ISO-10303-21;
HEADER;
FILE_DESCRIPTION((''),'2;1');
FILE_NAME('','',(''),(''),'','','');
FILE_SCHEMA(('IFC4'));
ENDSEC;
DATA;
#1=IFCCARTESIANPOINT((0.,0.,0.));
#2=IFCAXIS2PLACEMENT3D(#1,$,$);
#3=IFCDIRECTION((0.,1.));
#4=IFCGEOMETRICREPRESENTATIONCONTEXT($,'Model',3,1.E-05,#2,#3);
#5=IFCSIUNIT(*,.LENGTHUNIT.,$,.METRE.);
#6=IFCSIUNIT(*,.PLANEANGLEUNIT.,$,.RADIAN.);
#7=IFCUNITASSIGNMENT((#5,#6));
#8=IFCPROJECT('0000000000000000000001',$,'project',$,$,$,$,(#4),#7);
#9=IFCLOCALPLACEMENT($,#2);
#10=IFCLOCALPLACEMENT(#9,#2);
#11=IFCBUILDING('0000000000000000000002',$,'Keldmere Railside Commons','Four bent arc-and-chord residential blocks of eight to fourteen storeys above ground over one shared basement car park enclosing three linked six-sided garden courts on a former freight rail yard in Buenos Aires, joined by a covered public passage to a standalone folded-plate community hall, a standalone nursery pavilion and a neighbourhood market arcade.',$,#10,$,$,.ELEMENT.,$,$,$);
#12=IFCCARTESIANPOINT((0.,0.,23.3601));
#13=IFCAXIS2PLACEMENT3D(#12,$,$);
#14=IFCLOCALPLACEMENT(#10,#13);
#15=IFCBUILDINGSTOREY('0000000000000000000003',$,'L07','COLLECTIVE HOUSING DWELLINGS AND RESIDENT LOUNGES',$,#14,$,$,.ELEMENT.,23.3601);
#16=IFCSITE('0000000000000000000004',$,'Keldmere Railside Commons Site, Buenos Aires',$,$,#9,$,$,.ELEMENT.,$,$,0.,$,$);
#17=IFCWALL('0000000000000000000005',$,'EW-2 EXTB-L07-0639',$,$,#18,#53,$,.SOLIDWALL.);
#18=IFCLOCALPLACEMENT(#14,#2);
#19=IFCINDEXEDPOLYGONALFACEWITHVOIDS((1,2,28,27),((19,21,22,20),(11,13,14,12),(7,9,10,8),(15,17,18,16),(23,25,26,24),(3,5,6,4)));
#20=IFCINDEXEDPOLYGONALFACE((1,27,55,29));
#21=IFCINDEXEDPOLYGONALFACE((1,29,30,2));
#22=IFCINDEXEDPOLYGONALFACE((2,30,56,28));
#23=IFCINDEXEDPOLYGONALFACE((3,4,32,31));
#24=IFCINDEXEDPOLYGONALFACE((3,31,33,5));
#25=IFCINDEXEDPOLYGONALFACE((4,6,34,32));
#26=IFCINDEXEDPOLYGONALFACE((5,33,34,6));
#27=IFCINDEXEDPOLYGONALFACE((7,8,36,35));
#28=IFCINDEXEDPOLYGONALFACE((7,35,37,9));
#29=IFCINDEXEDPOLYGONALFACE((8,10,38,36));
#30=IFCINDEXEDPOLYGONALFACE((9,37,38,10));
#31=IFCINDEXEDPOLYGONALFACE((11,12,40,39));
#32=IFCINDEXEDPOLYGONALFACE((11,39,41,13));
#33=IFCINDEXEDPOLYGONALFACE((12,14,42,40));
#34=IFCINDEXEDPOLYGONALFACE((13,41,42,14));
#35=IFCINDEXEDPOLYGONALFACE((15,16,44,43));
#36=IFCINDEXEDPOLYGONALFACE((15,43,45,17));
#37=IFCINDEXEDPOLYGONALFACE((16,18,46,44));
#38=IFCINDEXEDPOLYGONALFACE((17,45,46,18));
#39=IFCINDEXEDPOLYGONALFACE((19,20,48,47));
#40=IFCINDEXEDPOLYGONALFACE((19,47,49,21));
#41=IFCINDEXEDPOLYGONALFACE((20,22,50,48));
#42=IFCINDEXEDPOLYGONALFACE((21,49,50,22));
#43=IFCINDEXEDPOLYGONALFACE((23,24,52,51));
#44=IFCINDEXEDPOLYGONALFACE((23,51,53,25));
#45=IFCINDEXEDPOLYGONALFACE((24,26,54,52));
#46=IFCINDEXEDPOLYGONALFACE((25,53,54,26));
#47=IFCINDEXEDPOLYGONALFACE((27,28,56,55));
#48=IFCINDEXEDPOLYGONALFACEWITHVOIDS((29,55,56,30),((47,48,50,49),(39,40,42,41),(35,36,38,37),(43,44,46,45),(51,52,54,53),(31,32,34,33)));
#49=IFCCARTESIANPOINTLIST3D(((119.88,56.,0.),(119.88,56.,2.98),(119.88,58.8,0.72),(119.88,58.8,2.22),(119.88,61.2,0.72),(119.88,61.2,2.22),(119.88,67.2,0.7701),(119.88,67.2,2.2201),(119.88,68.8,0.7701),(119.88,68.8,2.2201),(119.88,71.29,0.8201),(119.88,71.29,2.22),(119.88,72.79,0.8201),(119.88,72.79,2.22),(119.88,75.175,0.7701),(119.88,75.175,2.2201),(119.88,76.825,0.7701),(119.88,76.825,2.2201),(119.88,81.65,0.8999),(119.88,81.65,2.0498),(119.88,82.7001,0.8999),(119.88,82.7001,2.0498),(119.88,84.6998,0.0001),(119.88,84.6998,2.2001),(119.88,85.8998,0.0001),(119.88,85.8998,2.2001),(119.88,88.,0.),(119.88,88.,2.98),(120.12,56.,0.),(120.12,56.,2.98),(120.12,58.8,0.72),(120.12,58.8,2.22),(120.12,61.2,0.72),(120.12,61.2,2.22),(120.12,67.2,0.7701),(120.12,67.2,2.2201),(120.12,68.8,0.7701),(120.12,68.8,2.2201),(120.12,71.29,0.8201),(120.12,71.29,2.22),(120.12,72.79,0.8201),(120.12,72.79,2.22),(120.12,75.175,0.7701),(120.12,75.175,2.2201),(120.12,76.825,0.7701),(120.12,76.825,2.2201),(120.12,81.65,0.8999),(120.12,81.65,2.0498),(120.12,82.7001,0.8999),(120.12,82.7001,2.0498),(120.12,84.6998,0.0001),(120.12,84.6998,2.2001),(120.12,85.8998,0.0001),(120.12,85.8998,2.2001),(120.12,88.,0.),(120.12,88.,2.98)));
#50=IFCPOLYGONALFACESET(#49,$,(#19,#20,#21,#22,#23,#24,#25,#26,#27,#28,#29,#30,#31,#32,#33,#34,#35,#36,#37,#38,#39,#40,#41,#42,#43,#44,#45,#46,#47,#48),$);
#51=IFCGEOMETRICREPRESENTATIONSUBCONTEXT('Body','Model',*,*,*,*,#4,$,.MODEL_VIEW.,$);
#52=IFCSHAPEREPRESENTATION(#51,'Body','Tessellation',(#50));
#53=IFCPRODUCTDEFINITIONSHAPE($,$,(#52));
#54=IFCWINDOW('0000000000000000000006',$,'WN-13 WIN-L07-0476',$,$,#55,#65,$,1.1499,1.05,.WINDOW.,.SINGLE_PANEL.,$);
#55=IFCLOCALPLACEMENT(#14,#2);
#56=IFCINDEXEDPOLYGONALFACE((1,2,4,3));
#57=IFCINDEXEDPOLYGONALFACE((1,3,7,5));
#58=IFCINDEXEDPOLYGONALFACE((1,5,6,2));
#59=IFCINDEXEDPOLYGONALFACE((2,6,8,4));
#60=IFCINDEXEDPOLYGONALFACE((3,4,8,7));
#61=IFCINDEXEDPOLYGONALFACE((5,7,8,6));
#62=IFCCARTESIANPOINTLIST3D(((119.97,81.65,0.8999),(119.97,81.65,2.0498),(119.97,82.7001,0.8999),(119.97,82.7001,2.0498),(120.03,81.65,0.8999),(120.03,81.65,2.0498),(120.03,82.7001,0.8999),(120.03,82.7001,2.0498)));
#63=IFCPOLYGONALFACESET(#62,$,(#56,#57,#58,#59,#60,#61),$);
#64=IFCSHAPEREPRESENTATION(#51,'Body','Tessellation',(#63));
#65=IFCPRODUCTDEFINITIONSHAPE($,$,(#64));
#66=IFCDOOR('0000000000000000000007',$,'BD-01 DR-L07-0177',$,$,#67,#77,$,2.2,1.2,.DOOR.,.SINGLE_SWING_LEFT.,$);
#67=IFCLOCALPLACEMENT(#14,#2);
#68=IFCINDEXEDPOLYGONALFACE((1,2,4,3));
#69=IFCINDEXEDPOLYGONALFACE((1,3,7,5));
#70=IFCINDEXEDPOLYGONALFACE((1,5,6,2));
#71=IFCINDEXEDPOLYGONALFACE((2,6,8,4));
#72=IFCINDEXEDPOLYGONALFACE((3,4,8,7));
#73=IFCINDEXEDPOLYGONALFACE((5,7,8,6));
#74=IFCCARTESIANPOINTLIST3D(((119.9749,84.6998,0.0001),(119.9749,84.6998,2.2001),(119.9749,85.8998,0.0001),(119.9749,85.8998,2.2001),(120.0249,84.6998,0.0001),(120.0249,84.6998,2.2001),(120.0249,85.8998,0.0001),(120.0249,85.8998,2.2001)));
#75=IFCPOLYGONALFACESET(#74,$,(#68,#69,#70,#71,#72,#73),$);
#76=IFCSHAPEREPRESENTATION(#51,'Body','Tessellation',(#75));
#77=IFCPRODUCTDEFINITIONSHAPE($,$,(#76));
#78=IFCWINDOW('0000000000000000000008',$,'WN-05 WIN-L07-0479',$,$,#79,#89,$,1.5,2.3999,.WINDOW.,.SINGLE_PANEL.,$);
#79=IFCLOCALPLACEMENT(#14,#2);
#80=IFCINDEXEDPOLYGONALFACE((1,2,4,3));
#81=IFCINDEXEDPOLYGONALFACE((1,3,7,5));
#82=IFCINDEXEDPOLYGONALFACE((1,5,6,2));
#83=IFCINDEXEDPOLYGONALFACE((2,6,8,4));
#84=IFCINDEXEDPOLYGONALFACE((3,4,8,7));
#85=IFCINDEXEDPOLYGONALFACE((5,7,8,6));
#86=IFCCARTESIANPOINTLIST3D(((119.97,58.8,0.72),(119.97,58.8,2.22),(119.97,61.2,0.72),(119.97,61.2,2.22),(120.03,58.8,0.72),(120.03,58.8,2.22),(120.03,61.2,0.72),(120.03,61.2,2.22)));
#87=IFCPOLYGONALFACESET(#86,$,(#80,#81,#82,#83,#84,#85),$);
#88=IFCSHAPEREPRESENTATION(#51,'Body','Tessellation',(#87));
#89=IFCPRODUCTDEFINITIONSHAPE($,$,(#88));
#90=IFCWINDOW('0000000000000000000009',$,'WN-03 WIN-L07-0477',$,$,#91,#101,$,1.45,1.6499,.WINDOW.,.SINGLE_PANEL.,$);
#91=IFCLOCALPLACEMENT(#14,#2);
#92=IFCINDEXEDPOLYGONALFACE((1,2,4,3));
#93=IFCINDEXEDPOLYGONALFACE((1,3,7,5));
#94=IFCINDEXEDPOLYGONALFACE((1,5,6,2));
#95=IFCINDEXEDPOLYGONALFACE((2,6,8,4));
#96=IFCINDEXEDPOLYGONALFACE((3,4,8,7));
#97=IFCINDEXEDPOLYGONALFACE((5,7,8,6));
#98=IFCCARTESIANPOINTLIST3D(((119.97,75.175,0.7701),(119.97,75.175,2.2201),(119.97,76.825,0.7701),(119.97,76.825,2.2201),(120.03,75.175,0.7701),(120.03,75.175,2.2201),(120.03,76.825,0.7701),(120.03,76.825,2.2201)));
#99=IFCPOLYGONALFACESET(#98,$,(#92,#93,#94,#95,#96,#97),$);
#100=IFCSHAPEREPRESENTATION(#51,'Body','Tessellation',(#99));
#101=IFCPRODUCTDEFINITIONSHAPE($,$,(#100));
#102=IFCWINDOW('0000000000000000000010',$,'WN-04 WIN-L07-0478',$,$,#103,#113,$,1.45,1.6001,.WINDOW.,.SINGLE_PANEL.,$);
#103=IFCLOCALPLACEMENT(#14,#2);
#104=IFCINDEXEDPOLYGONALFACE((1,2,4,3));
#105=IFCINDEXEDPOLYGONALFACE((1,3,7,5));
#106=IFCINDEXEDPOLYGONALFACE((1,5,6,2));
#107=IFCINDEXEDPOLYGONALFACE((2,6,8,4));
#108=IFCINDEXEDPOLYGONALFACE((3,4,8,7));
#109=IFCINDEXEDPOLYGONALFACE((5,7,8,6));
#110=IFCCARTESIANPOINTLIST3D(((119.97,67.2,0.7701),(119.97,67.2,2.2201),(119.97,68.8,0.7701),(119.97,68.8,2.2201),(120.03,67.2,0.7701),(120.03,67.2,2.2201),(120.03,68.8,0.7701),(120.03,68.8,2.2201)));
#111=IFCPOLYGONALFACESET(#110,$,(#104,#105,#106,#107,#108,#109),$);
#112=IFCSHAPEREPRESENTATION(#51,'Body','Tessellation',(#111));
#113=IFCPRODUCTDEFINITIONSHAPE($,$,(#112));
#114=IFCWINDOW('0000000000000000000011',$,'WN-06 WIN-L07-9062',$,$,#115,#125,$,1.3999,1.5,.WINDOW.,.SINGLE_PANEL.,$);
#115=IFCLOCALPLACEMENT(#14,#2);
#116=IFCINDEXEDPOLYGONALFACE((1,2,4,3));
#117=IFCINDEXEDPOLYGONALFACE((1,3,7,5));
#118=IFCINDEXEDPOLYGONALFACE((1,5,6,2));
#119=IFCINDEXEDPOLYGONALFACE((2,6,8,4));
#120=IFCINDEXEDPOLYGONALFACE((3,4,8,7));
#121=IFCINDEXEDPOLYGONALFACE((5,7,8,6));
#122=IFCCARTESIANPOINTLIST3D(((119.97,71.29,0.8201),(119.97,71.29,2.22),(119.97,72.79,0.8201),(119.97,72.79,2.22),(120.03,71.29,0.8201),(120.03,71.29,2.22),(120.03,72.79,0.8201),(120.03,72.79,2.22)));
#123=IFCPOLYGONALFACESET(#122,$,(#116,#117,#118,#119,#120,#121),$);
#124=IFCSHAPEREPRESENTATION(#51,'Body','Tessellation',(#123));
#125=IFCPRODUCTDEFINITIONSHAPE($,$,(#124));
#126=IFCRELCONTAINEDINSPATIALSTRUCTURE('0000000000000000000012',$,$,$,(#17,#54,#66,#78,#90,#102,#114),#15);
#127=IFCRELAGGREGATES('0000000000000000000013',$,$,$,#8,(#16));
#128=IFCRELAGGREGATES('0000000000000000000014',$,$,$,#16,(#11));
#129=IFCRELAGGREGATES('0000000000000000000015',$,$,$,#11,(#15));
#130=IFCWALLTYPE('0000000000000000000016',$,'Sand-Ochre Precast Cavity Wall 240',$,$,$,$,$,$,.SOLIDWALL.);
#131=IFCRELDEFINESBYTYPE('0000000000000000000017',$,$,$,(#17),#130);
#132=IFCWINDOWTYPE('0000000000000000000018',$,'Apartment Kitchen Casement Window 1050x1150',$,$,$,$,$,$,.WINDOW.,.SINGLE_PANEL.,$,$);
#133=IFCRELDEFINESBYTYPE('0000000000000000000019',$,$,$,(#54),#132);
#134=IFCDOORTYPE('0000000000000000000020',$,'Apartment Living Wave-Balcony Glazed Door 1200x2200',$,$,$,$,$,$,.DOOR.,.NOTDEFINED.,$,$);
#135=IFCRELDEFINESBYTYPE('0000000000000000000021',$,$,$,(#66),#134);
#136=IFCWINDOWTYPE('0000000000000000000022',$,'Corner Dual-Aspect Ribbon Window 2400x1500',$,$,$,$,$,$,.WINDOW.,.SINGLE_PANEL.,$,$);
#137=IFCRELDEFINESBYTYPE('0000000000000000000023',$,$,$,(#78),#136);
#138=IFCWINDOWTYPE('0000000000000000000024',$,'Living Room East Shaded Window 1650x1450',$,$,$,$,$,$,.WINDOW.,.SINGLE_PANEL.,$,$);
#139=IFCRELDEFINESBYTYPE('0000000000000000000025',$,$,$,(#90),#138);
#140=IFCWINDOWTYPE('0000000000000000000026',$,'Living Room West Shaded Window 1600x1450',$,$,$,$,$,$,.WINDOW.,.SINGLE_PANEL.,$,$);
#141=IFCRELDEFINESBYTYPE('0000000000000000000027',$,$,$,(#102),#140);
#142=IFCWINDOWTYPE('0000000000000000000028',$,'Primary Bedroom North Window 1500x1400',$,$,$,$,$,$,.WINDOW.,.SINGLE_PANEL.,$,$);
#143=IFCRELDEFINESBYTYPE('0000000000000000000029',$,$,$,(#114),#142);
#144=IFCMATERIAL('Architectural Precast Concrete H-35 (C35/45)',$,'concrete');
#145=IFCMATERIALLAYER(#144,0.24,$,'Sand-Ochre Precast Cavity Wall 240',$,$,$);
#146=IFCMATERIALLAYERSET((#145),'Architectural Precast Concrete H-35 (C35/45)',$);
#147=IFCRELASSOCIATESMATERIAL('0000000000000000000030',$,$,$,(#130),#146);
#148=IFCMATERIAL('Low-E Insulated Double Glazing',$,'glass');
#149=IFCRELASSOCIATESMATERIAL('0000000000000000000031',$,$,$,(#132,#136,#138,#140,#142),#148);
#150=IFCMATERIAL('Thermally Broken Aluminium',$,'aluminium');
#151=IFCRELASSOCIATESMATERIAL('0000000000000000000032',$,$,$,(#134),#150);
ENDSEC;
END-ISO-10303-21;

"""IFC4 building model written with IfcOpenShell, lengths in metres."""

from ifc_helpers import new_model, si_unit, direction, frame, frame_2d, origin, place, context, subcontext, project, spatial, rectangle, extrude, material, layer, layer_set, type_object, element, fill, save


model = new_model("IFC4")

# Units and contexts
model_context = context("Model", 3, precision=1e-05, world=origin(), true_north=direction((0.0, 1.0)))
body_context = subcontext(model_context, "Body", "Model", "MODEL_VIEW")
ifc_project = project(units=[si_unit("LENGTHUNIT", "METRE"), si_unit("PLANEANGLEUNIT", "RADIAN")], contexts=[model_context])

# Site, building, storey
site_placement = place(None, origin())
site = spatial("IfcSite", under=ifc_project, at=site_placement, Name="Keldmere Railside Commons Site, Buenos Aires", CompositionType="ELEMENT", RefElevation=0.0)
building_placement = place(site_placement, origin())
building = spatial("IfcBuilding", under=site, at=building_placement, Name="Keldmere Railside Commons", Description="Four bent arc-and-chord residential blocks of eight to fourteen storeys above ground over one shared basement car park enclosing three linked six-sided garden courts on a former freight rail yard in Buenos Aires, joined by a covered public passage to a standalone folded-plate community hall, a standalone nursery pavilion and a neighbourhood market arcade.", CompositionType="ELEMENT")
storey_placement = place(building_placement, frame((0.0, 0.0, 23.3601)))
storey = spatial("IfcBuildingStorey", under=building, at=storey_placement, Name="L07", Description="COLLECTIVE HOUSING DWELLINGS AND RESIDENT LOUNGES", CompositionType="ELEMENT", Elevation=23.3601)

# Shared definitions
ifc_material_1 = material(Name="Thermally Broken Aluminium", Category="aluminium")

# Wall, openings, windows, door
ifc_material_2 = material(Name="Architectural Precast Concrete H-35 (C35/45)", Category="concrete")
ifc_layer_1 = layer(ifc_material_2, 0.24, Name="Sand-Ochre Precast Cavity Wall 240")
ifc_layer_set_1 = layer_set([ifc_layer_1], Name="Architectural Precast Concrete H-35 (C35/45)")
wall_type_1 = type_object("IfcWallType", Name="Sand-Ochre Precast Cavity Wall 240", PredefinedType="SOLIDWALL", material=ifc_layer_set_1)
wall_1_placement = place(storey_placement, frame((120.0, 88.0, 0.0), z_axis=(0.0, 0.0, 1.0), x_axis=(0.0, -1.0, 0.0)))
wall_1 = element("IfcWall", 1, at=wall_1_placement, inside=storey, type_object=wall_type_1, Name="EW-2 EXTB-L07-0639", PredefinedType="SOLIDWALL", context=body_context, shape_type="SweptSolid", body=[
    extrude(rectangle(XDim=32.0, YDim=0.24, at=frame_2d((16.0, 0.0))), origin(), (0.0, 0.0, 1.0), 2.98),
])
opening_1_placement = place(wall_1_placement, frame((2.1001, 0.0, 0.0)))
opening_1 = element("IfcOpeningElement", 2, at=opening_1_placement, cuts=wall_1, PredefinedType="OPENING", context=body_context, shape_type="SweptSolid", body=[
    extrude(rectangle(XDim=1.2, YDim=2.2, at=frame_2d((0.6001, 1.1001))), frame((0.0, 0.1299, 0.0), z_axis=(0.0, -1.0, 0.0), x_axis=(1.0, 0.0, 0.0)), (0.0, 0.0, 1.0), 0.26),
])
opening_2_placement = place(wall_1_placement, frame((5.3, 0.0, 0.8999)))
opening_2 = element("IfcOpeningElement", 3, at=opening_2_placement, cuts=wall_1, PredefinedType="OPENING", context=body_context, shape_type="SweptSolid", body=[
    extrude(rectangle(XDim=1.05, YDim=1.1499, at=frame_2d((0.5249, 0.575))), frame((0.0, 0.1299, 0.0), z_axis=(0.0, -1.0, 0.0), x_axis=(1.0, 0.0, 0.0)), (0.0, 0.0, 1.0), 0.26),
])
opening_3_placement = place(wall_1_placement, frame((11.175, 0.0, 0.77)))
opening_3 = element("IfcOpeningElement", 4, at=opening_3_placement, cuts=wall_1, PredefinedType="OPENING", context=body_context, shape_type="SweptSolid", body=[
    extrude(rectangle(XDim=1.6499, YDim=1.45, at=frame_2d((0.825, 0.7251))), frame((0.0, 0.1299, 0.0), z_axis=(0.0, -1.0, 0.0), x_axis=(1.0, 0.0, 0.0)), (0.0, 0.0, 1.0), 0.26),
])
opening_4_placement = place(wall_1_placement, frame((19.2, 0.0, 0.77)))
opening_4 = element("IfcOpeningElement", 5, at=opening_4_placement, cuts=wall_1, PredefinedType="OPENING", context=body_context, shape_type="SweptSolid", body=[
    extrude(rectangle(XDim=1.6001, YDim=1.45, at=frame_2d((0.8, 0.7251))), frame((0.0, 0.1299, 0.0), z_axis=(0.0, -1.0, 0.0), x_axis=(1.0, 0.0, 0.0)), (0.0, 0.0, 1.0), 0.26),
])
opening_5_placement = place(wall_1_placement, frame((26.8, 0.0, 0.72)))
opening_5 = element("IfcOpeningElement", 6, at=opening_5_placement, cuts=wall_1, PredefinedType="OPENING", context=body_context, shape_type="SweptSolid", body=[
    extrude(rectangle(XDim=2.3999, YDim=1.5, at=frame_2d((1.2, 0.75))), frame((0.0, 0.1299, 0.0), z_axis=(0.0, -1.0, 0.0), x_axis=(1.0, 0.0, 0.0)), (0.0, 0.0, 1.0), 0.26),
])
opening_6_placement = place(wall_1_placement, frame((15.21, 0.0, 0.8201)))
opening_6 = element("IfcOpeningElement", 7, at=opening_6_placement, cuts=wall_1, PredefinedType="OPENING", context=body_context, shape_type="SweptSolid", body=[
    extrude(rectangle(XDim=1.5, YDim=1.3999, at=frame_2d((0.75, 0.7))), frame((0.0, 0.1299, 0.0), z_axis=(0.0, -1.0, 0.0), x_axis=(1.0, 0.0, 0.0)), (0.0, 0.0, 1.0), 0.26),
])
ifc_material_3 = material(Name="Low-E Insulated Double Glazing", Category="glass")
window_type_1 = type_object("IfcWindowType", Name="Apartment Kitchen Casement Window 1050x1150", PartitioningType="SINGLE_PANEL", PredefinedType="WINDOW", material=ifc_material_3)
window_1_placement = place(opening_2_placement, origin())
window_1 = element("IfcWindow", 8, at=window_1_placement, inside=storey, type_object=window_type_1, Name="WN-13 WIN-L07-0476", OverallHeight=1.1499, OverallWidth=1.05, PartitioningType="SINGLE_PANEL", PredefinedType="WINDOW", context=body_context, shape_type="SweptSolid", body=[
    extrude(rectangle(XDim=1.05, YDim=1.1499, at=frame_2d((0.5249, 0.575))), frame((0.0, 0.03, 0.0), z_axis=(0.0, -1.0, 0.0), x_axis=(1.0, 0.0, 0.0)), (0.0, 0.0, 1.0), 0.0601),
])
fill(opening_2, window_1)
door_type_1 = type_object("IfcDoorType", Name="Apartment Living Wave-Balcony Glazed Door 1200x2200", OperationType="NOTDEFINED", PredefinedType="DOOR", material=ifc_material_1)
door_1_placement = place(opening_1_placement, origin())
door_1 = element("IfcDoor", 9, at=door_1_placement, inside=storey, type_object=door_type_1, Name="BD-01 DR-L07-0177", OperationType="SINGLE_SWING_LEFT", OverallHeight=2.2, OverallWidth=1.2, PredefinedType="DOOR", context=body_context, shape_type="SweptSolid", body=[
    extrude(rectangle(XDim=1.2, YDim=2.2, at=frame_2d((0.6001, 1.1001))), frame((0.0, 0.0249, 0.0), z_axis=(0.0, -1.0, 0.0), x_axis=(1.0, 0.0, 0.0)), (0.0, 0.0, 1.0), 0.05),
])
fill(opening_1, door_1)
window_type_2 = type_object("IfcWindowType", Name="Corner Dual-Aspect Ribbon Window 2400x1500", PartitioningType="SINGLE_PANEL", PredefinedType="WINDOW", material=ifc_material_3)
window_2_placement = place(opening_5_placement, origin())
window_2 = element("IfcWindow", 10, at=window_2_placement, inside=storey, type_object=window_type_2, Name="WN-05 WIN-L07-0479", OverallHeight=1.5, OverallWidth=2.3999, PartitioningType="SINGLE_PANEL", PredefinedType="WINDOW", context=body_context, shape_type="SweptSolid", body=[
    extrude(rectangle(XDim=2.3999, YDim=1.5, at=frame_2d((1.2, 0.75))), frame((0.0, 0.03, 0.0), z_axis=(0.0, -1.0, 0.0), x_axis=(1.0, 0.0, 0.0)), (0.0, 0.0, 1.0), 0.0601),
])
fill(opening_5, window_2)
window_type_3 = type_object("IfcWindowType", Name="Living Room East Shaded Window 1650x1450", PartitioningType="SINGLE_PANEL", PredefinedType="WINDOW", material=ifc_material_3)
window_3_placement = place(opening_3_placement, origin())
window_3 = element("IfcWindow", 11, at=window_3_placement, inside=storey, type_object=window_type_3, Name="WN-03 WIN-L07-0477", OverallHeight=1.45, OverallWidth=1.6499, PartitioningType="SINGLE_PANEL", PredefinedType="WINDOW", context=body_context, shape_type="SweptSolid", body=[
    extrude(rectangle(XDim=1.6499, YDim=1.45, at=frame_2d((0.825, 0.7251))), frame((0.0, 0.03, 0.0), z_axis=(0.0, -1.0, 0.0), x_axis=(1.0, 0.0, 0.0)), (0.0, 0.0, 1.0), 0.0601),
])
fill(opening_3, window_3)
window_type_4 = type_object("IfcWindowType", Name="Living Room West Shaded Window 1600x1450", PartitioningType="SINGLE_PANEL", PredefinedType="WINDOW", material=ifc_material_3)
window_4_placement = place(opening_4_placement, origin())
window_4 = element("IfcWindow", 12, at=window_4_placement, inside=storey, type_object=window_type_4, Name="WN-04 WIN-L07-0478", OverallHeight=1.45, OverallWidth=1.6001, PartitioningType="SINGLE_PANEL", PredefinedType="WINDOW", context=body_context, shape_type="SweptSolid", body=[
    extrude(rectangle(XDim=1.6001, YDim=1.45, at=frame_2d((0.8, 0.7251))), frame((0.0, 0.03, 0.0), z_axis=(0.0, -1.0, 0.0), x_axis=(1.0, 0.0, 0.0)), (0.0, 0.0, 1.0), 0.0601),
])
fill(opening_4, window_4)
window_type_5 = type_object("IfcWindowType", Name="Primary Bedroom North Window 1500x1400", PartitioningType="SINGLE_PANEL", PredefinedType="WINDOW", material=ifc_material_3)
window_5_placement = place(opening_6_placement, origin())
window_5 = element("IfcWindow", 13, at=window_5_placement, inside=storey, type_object=window_type_5, Name="WN-06 WIN-L07-9062", OverallHeight=1.3999, OverallWidth=1.5, PartitioningType="SINGLE_PANEL", PredefinedType="WINDOW", context=body_context, shape_type="SweptSolid", body=[
    extrude(rectangle(XDim=1.5, YDim=1.3999, at=frame_2d((0.75, 0.7))), frame((0.0, 0.03, 0.0), z_axis=(0.0, -1.0, 0.0), x_axis=(1.0, 0.0, 0.0)), (0.0, 0.0, 1.0), 0.0601),
])
fill(opening_6, window_5)

save(model, "model.ifc")
